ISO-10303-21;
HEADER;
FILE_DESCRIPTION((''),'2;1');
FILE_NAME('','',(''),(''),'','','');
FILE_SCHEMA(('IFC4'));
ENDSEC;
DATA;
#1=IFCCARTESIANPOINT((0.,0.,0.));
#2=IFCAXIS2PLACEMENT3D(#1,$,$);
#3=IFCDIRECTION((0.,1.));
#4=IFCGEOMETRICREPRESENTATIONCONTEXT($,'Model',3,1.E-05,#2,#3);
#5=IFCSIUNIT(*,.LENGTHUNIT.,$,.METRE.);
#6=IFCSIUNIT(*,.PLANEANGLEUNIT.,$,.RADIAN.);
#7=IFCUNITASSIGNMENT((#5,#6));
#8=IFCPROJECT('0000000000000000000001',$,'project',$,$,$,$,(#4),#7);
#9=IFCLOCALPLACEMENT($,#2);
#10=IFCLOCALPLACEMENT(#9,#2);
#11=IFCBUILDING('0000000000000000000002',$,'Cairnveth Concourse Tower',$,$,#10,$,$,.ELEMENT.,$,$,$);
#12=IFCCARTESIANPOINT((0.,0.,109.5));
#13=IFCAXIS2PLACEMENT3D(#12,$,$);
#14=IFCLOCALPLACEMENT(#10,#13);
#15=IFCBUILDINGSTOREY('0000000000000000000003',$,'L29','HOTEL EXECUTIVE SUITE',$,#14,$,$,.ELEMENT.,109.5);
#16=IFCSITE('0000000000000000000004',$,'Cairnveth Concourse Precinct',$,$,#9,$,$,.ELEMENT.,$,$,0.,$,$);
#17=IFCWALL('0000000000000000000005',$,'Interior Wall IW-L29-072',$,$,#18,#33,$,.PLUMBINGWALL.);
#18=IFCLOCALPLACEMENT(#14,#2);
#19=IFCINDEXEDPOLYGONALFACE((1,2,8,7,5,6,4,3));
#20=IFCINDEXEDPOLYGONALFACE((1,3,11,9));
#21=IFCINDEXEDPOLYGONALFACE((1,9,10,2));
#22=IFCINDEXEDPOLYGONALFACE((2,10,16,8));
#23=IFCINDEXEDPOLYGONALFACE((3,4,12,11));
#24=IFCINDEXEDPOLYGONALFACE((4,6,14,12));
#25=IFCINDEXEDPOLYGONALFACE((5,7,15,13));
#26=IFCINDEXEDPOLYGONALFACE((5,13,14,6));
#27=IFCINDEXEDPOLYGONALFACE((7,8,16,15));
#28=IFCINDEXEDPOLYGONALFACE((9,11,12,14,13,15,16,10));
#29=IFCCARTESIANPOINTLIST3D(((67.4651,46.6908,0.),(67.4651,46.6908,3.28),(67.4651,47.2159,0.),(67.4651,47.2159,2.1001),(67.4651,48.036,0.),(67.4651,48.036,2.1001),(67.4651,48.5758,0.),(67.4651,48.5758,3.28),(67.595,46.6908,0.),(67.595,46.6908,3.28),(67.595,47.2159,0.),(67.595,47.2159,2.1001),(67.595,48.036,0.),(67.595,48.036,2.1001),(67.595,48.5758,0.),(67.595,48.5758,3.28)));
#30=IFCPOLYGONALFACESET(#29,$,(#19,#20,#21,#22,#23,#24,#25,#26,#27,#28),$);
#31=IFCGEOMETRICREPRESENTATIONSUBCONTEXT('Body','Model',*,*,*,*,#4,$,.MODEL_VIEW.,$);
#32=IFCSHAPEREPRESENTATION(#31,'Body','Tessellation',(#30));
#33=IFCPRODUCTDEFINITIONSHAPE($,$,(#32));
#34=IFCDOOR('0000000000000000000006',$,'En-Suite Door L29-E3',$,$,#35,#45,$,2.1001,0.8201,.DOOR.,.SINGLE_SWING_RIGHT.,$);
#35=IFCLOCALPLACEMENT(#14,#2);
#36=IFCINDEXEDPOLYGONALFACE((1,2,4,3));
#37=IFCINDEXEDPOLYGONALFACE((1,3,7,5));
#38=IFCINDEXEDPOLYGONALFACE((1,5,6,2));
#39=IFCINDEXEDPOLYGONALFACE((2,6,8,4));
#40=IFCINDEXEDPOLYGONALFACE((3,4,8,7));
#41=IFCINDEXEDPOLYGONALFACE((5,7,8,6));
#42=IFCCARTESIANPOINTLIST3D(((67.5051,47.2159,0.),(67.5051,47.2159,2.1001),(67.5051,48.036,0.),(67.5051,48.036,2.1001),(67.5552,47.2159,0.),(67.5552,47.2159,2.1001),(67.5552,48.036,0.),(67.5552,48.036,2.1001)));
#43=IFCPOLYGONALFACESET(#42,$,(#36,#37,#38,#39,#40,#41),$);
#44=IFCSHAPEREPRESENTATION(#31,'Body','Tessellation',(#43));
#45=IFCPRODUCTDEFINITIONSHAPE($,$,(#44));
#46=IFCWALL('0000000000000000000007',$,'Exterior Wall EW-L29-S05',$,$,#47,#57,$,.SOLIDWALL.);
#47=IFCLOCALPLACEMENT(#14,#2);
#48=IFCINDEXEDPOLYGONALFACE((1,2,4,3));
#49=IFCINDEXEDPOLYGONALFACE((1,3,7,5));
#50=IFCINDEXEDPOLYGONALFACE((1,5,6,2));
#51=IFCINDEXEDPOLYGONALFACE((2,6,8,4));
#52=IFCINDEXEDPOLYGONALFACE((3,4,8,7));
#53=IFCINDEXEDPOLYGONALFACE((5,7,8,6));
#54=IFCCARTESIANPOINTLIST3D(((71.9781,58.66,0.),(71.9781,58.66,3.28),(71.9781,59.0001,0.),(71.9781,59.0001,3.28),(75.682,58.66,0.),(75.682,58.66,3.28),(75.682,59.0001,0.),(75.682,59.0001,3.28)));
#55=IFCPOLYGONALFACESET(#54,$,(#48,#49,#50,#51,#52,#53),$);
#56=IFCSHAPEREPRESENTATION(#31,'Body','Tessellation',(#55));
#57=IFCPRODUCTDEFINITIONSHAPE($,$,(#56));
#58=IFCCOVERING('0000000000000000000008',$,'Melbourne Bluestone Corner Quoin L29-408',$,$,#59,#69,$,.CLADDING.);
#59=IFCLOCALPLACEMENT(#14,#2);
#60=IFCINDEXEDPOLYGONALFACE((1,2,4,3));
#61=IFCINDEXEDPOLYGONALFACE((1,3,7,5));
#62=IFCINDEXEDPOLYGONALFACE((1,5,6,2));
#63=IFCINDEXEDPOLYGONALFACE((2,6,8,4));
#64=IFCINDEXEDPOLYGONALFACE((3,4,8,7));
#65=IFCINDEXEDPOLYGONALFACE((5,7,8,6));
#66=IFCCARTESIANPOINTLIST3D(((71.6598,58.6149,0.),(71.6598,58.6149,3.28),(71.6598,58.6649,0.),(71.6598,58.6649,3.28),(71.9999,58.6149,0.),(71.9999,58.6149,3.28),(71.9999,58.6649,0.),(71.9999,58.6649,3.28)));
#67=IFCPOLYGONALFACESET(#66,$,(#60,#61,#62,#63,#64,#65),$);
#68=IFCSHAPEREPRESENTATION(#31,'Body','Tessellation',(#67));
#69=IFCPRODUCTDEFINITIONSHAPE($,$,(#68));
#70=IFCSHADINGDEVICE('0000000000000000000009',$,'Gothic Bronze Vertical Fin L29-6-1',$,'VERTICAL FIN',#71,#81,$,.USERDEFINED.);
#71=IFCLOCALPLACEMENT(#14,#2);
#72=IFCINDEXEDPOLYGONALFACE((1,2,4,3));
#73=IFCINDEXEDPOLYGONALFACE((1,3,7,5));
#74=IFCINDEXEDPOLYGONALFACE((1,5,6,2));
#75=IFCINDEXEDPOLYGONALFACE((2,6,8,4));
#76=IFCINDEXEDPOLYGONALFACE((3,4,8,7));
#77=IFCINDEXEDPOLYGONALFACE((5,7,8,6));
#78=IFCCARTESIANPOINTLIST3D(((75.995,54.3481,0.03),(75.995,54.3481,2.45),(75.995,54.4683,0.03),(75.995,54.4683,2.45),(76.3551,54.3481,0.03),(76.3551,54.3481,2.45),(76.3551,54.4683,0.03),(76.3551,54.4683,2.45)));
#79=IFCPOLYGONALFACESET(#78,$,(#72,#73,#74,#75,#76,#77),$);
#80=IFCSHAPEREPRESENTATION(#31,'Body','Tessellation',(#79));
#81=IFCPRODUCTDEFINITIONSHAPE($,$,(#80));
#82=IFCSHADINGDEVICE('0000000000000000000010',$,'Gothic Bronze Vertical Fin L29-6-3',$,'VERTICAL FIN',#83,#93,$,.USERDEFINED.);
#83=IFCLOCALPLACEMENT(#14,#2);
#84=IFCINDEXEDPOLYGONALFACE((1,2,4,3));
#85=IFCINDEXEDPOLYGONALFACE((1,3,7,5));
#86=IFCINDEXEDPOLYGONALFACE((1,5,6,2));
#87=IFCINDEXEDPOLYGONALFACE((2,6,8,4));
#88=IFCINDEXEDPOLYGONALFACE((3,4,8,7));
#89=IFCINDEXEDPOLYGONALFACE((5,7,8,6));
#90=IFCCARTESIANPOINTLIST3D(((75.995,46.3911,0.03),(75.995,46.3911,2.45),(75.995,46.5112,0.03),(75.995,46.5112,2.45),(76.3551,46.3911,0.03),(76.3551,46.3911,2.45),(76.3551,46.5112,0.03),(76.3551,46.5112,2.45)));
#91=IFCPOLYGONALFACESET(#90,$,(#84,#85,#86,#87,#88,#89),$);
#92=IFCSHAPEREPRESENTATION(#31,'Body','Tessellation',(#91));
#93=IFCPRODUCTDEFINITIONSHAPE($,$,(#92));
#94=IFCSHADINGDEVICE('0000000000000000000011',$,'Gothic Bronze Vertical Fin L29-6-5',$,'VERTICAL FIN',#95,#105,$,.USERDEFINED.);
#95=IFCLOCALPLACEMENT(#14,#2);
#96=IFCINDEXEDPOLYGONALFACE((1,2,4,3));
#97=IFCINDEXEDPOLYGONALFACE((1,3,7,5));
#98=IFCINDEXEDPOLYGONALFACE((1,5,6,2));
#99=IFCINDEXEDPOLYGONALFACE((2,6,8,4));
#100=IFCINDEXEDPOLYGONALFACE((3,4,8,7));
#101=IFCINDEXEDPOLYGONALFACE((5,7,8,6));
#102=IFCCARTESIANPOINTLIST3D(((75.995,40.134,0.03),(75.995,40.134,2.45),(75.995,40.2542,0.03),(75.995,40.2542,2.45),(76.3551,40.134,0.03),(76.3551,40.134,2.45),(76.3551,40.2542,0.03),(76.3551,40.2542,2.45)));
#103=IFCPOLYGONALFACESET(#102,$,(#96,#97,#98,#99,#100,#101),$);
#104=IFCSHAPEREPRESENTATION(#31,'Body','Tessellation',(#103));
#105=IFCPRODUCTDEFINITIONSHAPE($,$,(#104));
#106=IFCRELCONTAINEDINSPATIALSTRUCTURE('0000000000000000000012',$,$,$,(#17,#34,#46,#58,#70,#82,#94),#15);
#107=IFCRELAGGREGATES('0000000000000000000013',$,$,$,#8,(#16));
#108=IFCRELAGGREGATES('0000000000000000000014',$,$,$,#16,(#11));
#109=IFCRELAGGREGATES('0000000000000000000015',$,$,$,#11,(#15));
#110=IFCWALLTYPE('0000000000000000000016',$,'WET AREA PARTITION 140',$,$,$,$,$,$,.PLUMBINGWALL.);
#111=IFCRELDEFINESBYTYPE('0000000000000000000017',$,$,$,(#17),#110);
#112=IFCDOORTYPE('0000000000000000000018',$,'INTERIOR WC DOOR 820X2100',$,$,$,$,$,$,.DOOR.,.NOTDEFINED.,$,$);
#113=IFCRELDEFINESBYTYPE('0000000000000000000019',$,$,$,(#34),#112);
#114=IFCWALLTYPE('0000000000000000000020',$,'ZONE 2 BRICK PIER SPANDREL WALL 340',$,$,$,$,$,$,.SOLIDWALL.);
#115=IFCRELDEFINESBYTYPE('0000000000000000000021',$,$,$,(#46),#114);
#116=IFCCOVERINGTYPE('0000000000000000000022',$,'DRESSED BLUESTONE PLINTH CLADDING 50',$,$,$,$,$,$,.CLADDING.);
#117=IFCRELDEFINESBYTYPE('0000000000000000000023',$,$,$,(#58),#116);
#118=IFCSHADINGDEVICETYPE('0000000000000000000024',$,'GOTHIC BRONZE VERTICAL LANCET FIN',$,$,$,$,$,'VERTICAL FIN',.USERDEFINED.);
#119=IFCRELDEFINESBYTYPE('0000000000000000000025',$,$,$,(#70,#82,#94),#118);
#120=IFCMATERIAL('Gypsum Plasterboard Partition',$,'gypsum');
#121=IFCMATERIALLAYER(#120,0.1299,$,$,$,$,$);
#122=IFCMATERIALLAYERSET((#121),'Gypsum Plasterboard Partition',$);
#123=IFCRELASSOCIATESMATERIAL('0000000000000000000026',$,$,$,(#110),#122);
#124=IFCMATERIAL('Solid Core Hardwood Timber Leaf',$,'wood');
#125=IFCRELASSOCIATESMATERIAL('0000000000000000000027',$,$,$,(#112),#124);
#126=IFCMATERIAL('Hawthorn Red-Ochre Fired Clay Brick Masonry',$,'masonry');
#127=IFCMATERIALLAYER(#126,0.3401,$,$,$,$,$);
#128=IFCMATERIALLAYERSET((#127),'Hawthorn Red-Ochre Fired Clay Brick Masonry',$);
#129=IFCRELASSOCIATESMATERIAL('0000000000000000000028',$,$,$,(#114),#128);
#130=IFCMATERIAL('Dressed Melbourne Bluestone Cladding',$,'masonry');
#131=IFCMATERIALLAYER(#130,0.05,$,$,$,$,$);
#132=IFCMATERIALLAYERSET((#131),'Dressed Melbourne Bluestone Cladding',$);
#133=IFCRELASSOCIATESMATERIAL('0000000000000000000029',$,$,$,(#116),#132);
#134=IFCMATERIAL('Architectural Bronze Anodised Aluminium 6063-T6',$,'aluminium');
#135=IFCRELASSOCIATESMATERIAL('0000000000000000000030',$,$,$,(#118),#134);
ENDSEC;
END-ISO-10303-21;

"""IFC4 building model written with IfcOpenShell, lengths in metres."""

from ifc_helpers import new_model, si_unit, direction, frame, frame_2d, origin, origin_2d, place, context, subcontext, project, spatial, rectangle, extrude, material, layer, layer_set, type_object, element, fill, save


model = new_model("IFC4")

# Units and contexts
model_context = context("Model", 3, precision=1e-05, world=origin(), true_north=direction((0.0, 1.0)))
body_context = subcontext(model_context, "Body", "Model", "MODEL_VIEW")
ifc_project = project(units=[si_unit("LENGTHUNIT", "METRE"), si_unit("PLANEANGLEUNIT", "RADIAN")], contexts=[model_context])

# Site, building, storey
site_placement = place(None, origin())
site = spatial("IfcSite", under=ifc_project, at=site_placement, Name="Cairnveth Concourse Precinct", CompositionType="ELEMENT", RefElevation=0.0)
building_placement = place(site_placement, origin())
building = spatial("IfcBuilding", under=site, at=building_placement, Name="Cairnveth Concourse Tower", CompositionType="ELEMENT")
storey_placement = place(building_placement, frame((0.0, 0.0, 109.5)))
storey = spatial("IfcBuildingStorey", under=building, at=storey_placement, Name="L29", Description="HOTEL EXECUTIVE SUITE", CompositionType="ELEMENT", Elevation=109.5)

# Shared definitions
ifc_material_1 = material(Name="Gypsum Plasterboard Partition", Category="gypsum")
ifc_material_2 = material(Name="Solid Core Hardwood Timber Leaf", Category="wood")

# Shared definitions
ifc_layer_1 = layer(ifc_material_1, 0.1299)
ifc_layer_set_1 = layer_set([ifc_layer_1], Name="Gypsum Plasterboard Partition")
wall_type_1 = type_object("IfcWallType", Name="WET AREA PARTITION 140", PredefinedType="PLUMBINGWALL", material=ifc_layer_set_1)

# Wall, opening, door
wall_1_placement = place(storey_placement, frame((67.53, 46.6909, 0.0), z_axis=(0.0, 0.0, 1.0), x_axis=(0.0, 1.0, 0.0)))
wall_1 = element("IfcWall", 1, at=wall_1_placement, inside=storey, type_object=wall_type_1, Name="Interior Wall IW-L29-072", PredefinedType="PLUMBINGWALL", context=body_context, shape_type="SweptSolid", body=[
    extrude(rectangle(XDim=1.885, YDim=0.1299, at=frame_2d((0.9424, 0.0))), origin(), (0.0, 0.0, 1.0), 3.28),
])
opening_1_placement = place(wall_1_placement, frame((0.5249, 0.0, 0.0)))
opening_1 = element("IfcOpeningElement", 2, at=opening_1_placement, cuts=wall_1, PredefinedType="OPENING", context=body_context, shape_type="SweptSolid", body=[
    extrude(rectangle(XDim=0.8201, YDim=2.1001, at=frame_2d((0.4102, 1.05))), frame((0.0, 0.075, 0.0), z_axis=(0.0, -1.0, 0.0), x_axis=(1.0, 0.0, 0.0)), (0.0, 0.0, 1.0), 0.1499),
])
door_type_1 = type_object("IfcDoorType", Name="INTERIOR WC DOOR 820X2100", OperationType="NOTDEFINED", PredefinedType="DOOR", material=ifc_material_2)
door_1_placement = place(opening_1_placement, origin())
door_1 = element("IfcDoor", 3, at=door_1_placement, inside=storey, type_object=door_type_1, Name="En-Suite Door L29-E3", OperationType="SINGLE_SWING_RIGHT", OverallHeight=2.1001, OverallWidth=0.8201, PredefinedType="DOOR", context=body_context, shape_type="SweptSolid", body=[
    extrude(rectangle(XDim=0.8201, YDim=2.1001, at=frame_2d((0.4102, 1.05))), frame((0.0, 0.0249, 0.0), z_axis=(0.0, -1.0, 0.0), x_axis=(1.0, 0.0, 0.0)), (0.0, 0.0, 1.0), 0.05),
])
fill(opening_1, door_1)

# Wall
ifc_material_3 = material(Name="Hawthorn Red-Ochre Fired Clay Brick Masonry", Category="masonry")
ifc_layer_2 = layer(ifc_material_3, 0.3401)
ifc_layer_set_2 = layer_set([ifc_layer_2], Name="Hawthorn Red-Ochre Fired Clay Brick Masonry")
wall_type_2 = type_object("IfcWallType", Name="ZONE 2 BRICK PIER SPANDREL WALL 340", PredefinedType="SOLIDWALL", material=ifc_layer_set_2)
wall_2_placement = place(storey_placement, frame((71.978, 58.8301, 0.0), z_axis=(0.0, 0.0, 1.0), x_axis=(1.0, 0.0, 0.0)))
element("IfcWall", 4, at=wall_2_placement, inside=storey, type_object=wall_type_2, Name="Exterior Wall EW-L29-S05", PredefinedType="SOLIDWALL", context=body_context, shape_type="SweptSolid", body=[
    extrude(rectangle(XDim=3.7039, YDim=0.3401, at=frame_2d((1.8521, 0.0))), origin(), (0.0, 0.0, 1.0), 3.28),
])

# Covering
ifc_material_4 = material(Name="Dressed Melbourne Bluestone Cladding", Category="masonry")
ifc_layer_3 = layer(ifc_material_4, 0.05)
ifc_layer_set_3 = layer_set([ifc_layer_3], Name="Dressed Melbourne Bluestone Cladding")
covering_type = type_object("IfcCoveringType", Name="DRESSED BLUESTONE PLINTH CLADDING 50", PredefinedType="CLADDING", material=ifc_layer_set_3)
covering_placement = place(storey_placement, frame((71.6599, 58.6399, 0.0), z_axis=(0.0, 0.0, 1.0), x_axis=(1.0, 0.0, 0.0)))
element("IfcCovering", 5, at=covering_placement, inside=storey, type_object=covering_type, Name="Melbourne Bluestone Corner Quoin L29-408", PredefinedType="CLADDING", context=body_context, shape_type="SweptSolid", body=[
    extrude(rectangle(XDim=0.3401, YDim=0.05, at=frame_2d((0.1699, 0.0))), origin(), (0.0, 0.0, 1.0), 3.28),
])

# Shading devices
ifc_material_5 = material(Name="Architectural Bronze Anodised Aluminium 6063-T6", Category="aluminium")
shading_device_type = type_object("IfcShadingDeviceType", Name="GOTHIC BRONZE VERTICAL LANCET FIN", ElementType="VERTICAL FIN", PredefinedType="USERDEFINED", material=ifc_material_5)
for number, where, z_axis, x_axis, name in (
    (6, (76.175, 54.4082, 0.03), (0.0, 0.0, 1.0), (0.0, 1.0, 0.0), "Gothic Bronze Vertical Fin L29-6-1"),
    (7, (76.175, 46.4512, 0.03), (0.0, 0.0, 1.0), (0.0, 1.0, 0.0), "Gothic Bronze Vertical Fin L29-6-3"),
    (8, (76.175, 40.1941, 0.03), (0.0, 0.0, 1.0), (0.0, 1.0, 0.0), "Gothic Bronze Vertical Fin L29-6-5"),
):
    element("IfcShadingDevice", number, at=place(storey_placement, frame(where, z_axis=z_axis, x_axis=x_axis)), inside=storey, type_object=shading_device_type, Name=name, ObjectType="VERTICAL FIN", PredefinedType="USERDEFINED", context=body_context, shape_type="SweptSolid", body=[
        extrude(rectangle(XDim=0.1201, YDim=0.3601, at=origin_2d()), origin(), (0.0, 0.0, 1.0), 2.4199),
    ])

save(model, "model.ifc")
